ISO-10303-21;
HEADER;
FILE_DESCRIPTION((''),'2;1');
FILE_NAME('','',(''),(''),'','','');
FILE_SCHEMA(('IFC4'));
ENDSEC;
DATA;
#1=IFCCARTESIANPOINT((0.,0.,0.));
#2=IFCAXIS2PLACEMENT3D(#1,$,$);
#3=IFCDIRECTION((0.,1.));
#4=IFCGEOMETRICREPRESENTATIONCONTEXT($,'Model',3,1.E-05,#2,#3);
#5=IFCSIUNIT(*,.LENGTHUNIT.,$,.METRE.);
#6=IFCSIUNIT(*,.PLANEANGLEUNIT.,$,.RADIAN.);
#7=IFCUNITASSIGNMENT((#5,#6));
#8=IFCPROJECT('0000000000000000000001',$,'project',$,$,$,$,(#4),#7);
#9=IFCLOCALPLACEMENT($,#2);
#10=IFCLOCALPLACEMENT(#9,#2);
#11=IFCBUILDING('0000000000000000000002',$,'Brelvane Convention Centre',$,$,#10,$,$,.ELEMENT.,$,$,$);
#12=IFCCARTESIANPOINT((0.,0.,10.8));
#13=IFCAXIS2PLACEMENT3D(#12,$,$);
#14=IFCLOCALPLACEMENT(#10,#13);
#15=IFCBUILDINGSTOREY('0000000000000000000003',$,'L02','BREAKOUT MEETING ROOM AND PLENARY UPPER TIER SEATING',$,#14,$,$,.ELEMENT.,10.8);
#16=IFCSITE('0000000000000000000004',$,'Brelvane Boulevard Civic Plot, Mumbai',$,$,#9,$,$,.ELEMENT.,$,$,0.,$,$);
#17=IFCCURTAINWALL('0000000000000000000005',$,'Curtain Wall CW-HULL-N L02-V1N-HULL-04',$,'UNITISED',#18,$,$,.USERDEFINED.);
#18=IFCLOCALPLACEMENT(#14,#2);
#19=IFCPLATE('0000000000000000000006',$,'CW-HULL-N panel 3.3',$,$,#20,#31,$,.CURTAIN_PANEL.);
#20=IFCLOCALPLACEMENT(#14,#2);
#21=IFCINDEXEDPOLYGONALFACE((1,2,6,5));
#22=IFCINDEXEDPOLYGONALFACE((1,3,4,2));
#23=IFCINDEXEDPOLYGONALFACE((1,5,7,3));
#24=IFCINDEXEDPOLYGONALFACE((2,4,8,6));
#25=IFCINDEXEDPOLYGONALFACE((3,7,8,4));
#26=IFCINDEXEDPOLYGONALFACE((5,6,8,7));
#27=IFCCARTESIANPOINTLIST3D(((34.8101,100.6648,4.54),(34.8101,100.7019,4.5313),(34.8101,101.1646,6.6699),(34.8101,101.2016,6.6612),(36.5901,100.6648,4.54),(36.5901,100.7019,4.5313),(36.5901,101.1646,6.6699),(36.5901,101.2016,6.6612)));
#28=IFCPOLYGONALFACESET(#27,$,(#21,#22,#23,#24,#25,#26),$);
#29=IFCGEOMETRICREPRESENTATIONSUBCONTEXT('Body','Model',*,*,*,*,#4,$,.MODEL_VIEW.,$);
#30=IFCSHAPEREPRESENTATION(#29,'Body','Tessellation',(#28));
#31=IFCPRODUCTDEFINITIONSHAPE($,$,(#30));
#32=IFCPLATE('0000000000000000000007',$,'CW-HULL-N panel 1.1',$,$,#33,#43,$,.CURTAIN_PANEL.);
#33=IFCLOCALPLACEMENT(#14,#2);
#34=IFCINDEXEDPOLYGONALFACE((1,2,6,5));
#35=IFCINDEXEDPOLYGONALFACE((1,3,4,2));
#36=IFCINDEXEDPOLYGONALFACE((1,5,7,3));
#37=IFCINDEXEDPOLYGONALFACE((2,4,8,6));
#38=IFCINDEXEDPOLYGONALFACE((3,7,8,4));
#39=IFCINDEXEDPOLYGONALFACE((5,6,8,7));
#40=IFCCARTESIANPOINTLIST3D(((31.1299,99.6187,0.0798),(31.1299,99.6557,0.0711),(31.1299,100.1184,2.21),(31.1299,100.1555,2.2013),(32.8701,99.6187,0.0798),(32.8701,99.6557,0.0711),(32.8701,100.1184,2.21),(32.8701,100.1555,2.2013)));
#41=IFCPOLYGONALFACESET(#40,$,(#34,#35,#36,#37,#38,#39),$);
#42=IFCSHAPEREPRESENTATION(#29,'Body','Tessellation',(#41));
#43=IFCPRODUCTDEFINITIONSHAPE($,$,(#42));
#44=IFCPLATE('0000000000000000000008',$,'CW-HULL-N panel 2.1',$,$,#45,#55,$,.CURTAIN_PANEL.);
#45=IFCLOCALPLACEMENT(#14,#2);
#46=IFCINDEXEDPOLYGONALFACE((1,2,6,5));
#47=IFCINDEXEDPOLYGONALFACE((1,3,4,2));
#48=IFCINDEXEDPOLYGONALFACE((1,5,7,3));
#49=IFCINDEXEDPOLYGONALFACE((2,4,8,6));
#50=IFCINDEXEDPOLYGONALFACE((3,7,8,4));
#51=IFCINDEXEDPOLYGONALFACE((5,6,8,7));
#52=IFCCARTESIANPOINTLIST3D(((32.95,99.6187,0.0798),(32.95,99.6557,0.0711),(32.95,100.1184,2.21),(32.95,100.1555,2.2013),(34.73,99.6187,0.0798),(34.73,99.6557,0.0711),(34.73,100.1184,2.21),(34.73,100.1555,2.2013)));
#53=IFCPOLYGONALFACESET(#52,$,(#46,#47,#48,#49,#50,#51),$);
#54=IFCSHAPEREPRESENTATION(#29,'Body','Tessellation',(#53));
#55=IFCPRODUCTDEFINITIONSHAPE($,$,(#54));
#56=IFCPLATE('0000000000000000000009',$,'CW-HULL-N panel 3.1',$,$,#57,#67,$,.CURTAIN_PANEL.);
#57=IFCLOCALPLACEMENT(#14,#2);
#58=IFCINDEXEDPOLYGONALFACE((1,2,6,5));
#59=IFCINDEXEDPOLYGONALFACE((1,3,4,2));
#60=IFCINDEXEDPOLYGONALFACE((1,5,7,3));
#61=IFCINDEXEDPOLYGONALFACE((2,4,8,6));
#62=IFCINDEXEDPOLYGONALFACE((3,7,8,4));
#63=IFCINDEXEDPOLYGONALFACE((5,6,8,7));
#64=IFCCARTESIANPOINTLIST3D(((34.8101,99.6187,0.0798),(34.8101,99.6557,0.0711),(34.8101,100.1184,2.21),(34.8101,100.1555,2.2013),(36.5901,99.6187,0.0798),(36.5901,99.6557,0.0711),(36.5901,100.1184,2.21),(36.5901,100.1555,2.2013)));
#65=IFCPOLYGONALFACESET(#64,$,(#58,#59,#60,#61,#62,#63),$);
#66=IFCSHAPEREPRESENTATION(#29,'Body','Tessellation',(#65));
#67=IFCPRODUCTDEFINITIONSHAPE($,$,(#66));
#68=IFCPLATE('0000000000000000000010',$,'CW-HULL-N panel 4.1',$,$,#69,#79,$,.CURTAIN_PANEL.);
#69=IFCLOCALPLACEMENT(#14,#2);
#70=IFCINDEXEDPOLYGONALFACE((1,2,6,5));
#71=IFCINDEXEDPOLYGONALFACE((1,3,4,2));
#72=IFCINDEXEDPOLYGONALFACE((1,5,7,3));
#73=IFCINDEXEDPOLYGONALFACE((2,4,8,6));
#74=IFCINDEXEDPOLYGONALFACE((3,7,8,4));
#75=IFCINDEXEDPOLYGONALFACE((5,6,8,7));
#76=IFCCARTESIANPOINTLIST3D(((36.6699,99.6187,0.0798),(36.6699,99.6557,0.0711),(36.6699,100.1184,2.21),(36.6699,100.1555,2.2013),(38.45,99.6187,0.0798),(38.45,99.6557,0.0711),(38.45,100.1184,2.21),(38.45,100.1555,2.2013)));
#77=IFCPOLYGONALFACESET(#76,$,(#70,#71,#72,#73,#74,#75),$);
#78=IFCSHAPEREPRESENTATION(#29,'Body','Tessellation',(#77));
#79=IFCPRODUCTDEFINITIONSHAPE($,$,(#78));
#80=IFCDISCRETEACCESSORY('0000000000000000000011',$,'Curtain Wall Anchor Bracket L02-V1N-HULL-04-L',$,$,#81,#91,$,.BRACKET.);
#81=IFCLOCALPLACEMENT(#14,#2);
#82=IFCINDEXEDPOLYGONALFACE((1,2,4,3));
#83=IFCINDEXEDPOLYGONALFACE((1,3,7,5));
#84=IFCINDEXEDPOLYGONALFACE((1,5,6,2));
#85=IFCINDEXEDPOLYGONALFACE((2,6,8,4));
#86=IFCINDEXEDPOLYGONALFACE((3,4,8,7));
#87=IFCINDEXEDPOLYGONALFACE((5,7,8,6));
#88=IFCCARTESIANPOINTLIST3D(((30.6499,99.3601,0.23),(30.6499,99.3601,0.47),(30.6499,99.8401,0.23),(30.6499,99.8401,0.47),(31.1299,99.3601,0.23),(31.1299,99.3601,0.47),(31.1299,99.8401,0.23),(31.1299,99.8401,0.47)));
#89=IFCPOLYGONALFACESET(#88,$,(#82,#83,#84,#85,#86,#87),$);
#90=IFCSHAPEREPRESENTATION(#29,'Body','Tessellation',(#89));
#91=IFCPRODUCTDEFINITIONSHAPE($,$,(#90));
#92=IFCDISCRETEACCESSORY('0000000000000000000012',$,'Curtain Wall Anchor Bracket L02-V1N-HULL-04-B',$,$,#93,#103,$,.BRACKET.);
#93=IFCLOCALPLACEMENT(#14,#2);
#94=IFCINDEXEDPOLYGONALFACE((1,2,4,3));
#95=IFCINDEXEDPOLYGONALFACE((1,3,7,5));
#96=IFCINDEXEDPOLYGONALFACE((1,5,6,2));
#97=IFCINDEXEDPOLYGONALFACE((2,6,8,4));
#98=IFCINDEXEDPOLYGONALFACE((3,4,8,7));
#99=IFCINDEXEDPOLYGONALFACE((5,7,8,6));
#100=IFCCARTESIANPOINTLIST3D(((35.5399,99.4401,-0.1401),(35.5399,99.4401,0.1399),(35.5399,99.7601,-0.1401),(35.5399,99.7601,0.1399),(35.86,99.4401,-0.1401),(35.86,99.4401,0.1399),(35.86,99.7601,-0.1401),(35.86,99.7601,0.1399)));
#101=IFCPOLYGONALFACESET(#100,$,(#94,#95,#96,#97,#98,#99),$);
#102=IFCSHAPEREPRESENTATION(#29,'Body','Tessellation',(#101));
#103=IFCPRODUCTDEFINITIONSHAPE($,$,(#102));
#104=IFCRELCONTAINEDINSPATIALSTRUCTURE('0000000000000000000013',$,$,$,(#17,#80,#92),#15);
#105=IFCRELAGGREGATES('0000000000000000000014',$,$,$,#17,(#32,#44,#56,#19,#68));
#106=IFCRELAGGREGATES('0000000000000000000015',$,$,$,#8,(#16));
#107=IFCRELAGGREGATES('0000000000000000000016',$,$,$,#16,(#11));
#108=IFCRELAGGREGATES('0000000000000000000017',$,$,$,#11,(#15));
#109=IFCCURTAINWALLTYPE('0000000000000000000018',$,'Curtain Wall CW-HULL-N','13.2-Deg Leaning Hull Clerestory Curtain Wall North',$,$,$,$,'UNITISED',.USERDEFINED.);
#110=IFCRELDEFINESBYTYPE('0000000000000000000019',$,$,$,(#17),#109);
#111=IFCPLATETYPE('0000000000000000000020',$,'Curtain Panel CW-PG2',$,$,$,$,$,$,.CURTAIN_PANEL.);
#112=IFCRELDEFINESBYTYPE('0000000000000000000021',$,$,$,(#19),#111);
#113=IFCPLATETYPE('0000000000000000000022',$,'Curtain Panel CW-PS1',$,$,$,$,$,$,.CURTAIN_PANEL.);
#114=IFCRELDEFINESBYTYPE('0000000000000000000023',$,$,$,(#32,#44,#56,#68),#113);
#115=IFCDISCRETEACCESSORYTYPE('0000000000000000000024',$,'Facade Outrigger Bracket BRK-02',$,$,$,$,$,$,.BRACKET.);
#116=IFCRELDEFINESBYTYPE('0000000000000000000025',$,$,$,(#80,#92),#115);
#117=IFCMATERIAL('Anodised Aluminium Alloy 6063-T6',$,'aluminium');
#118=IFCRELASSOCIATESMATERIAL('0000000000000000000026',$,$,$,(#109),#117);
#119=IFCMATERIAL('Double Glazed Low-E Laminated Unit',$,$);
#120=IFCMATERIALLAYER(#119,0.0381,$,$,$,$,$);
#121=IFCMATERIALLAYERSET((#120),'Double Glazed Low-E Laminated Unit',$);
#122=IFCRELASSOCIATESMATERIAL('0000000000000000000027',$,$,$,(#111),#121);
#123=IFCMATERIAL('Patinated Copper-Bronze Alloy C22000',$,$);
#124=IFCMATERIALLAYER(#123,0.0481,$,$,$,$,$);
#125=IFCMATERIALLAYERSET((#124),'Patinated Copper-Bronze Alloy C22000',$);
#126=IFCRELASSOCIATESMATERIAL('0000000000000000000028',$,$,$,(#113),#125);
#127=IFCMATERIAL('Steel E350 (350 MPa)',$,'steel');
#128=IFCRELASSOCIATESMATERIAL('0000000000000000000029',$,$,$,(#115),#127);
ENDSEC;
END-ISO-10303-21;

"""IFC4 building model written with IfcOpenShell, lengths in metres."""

from ifc_helpers import new_model, si_unit, direction, frame, origin, origin_2d, place, context, subcontext, project, spatial, polyline, rectangle, outline, extrude, material, layer, layer_set, type_object, element, aggregate, save


model = new_model("IFC4")

# Units and contexts
model_context = context("Model", 3, precision=1e-05, world=origin(), true_north=direction((0.0, 1.0)))
body_context = subcontext(model_context, "Body", "Model", "MODEL_VIEW")
ifc_project = project(units=[si_unit("LENGTHUNIT", "METRE"), si_unit("PLANEANGLEUNIT", "RADIAN")], contexts=[model_context])

# Site, building, storey
site_placement = place(None, origin())
site = spatial("IfcSite", under=ifc_project, at=site_placement, Name="Brelvane Boulevard Civic Plot, Mumbai", CompositionType="ELEMENT", RefElevation=0.0)
building_placement = place(site_placement, origin())
building = spatial("IfcBuilding", under=site, at=building_placement, Name="Brelvane Convention Centre", CompositionType="ELEMENT")
storey_placement = place(building_placement, frame((0.0, 0.0, 10.8)))
storey = spatial("IfcBuildingStorey", under=building, at=storey_placement, Name="L02", Description="BREAKOUT MEETING ROOM AND PLENARY UPPER TIER SEATING", CompositionType="ELEMENT", Elevation=10.8)

# Curtain wall
ifc_material_1 = material(Name="Anodised Aluminium Alloy 6063-T6", Category="aluminium")
curtain_wall_type = type_object("IfcCurtainWallType", Name="Curtain Wall CW-HULL-N", Description="13.2-Deg Leaning Hull Clerestory Curtain Wall North", ElementType="UNITISED", PredefinedType="USERDEFINED", material=ifc_material_1)
curtain_wall_placement = place(storey_placement, origin())
curtain_wall = element("IfcCurtainWall", 1, at=curtain_wall_placement, inside=storey, type_object=curtain_wall_type, Name="Curtain Wall CW-HULL-N L02-V1N-HULL-04", ObjectType="UNITISED", PredefinedType="USERDEFINED")

# Plates
ifc_material_2 = material(Name="Double Glazed Low-E Laminated Unit")
ifc_layer_1 = layer(ifc_material_2, 0.0381)
ifc_layer_set_1 = layer_set([ifc_layer_1], Name="Double Glazed Low-E Laminated Unit")
plate_type_1 = type_object("IfcPlateType", Name="Curtain Panel CW-PG2", PredefinedType="CURTAIN_PANEL", material=ifc_layer_set_1)
plate_1_placement = place(storey_placement, frame((34.8101, 100.6648, 4.54), z_axis=(0.0, -0.973559, 0.228436), x_axis=(1.0, 0.0, 0.0)))
plate_1 = element("IfcPlate", 2, at=plate_1_placement, type_object=plate_type_1, Name="CW-HULL-N panel 3.3", PredefinedType="CURTAIN_PANEL", context=body_context, shape_type="SweptSolid", body=[
    extrude(outline(polyline([(0.0, 0.0), (1.78, 0.0), (1.78, 2.1877), (0.0, 2.1877), (0.0, 0.0)])), origin(), (0.0, 0.0, -1.0), 0.0381),
])
ifc_material_3 = material(Name="Patinated Copper-Bronze Alloy C22000")
ifc_layer_2 = layer(ifc_material_3, 0.0481)
ifc_layer_set_2 = layer_set([ifc_layer_2], Name="Patinated Copper-Bronze Alloy C22000")
plate_type_2 = type_object("IfcPlateType", Name="Curtain Panel CW-PS1", PredefinedType="CURTAIN_PANEL", material=ifc_layer_set_2)
plate_2_placement = place(storey_placement, frame((31.1299, 99.6187, 0.0798), z_axis=(0.0, -0.973565, 0.228411), x_axis=(1.0, 0.0, 0.0)))
plate_2 = element("IfcPlate", 3, at=plate_2_placement, type_object=plate_type_2, Name="CW-HULL-N panel 1.1", PredefinedType="CURTAIN_PANEL", context=body_context, shape_type="SweptSolid", body=[
    extrude(outline(polyline([(0.0, 0.0), (1.7402, 0.0), (1.7402, 2.188), (0.0, 2.188), (0.0, 0.0)])), origin(), (0.0, 0.0, -1.0), 0.0381),
])
plate_3_placement = place(storey_placement, frame((32.95, 99.6187, 0.0798), z_axis=(0.0, -0.973565, 0.228411), x_axis=(1.0, 0.0, 0.0)))
plate_3 = element("IfcPlate", 4, at=plate_3_placement, type_object=plate_type_2, Name="CW-HULL-N panel 2.1", PredefinedType="CURTAIN_PANEL", context=body_context, shape_type="SweptSolid", body=[
    extrude(outline(polyline([(0.0, 0.0), (1.78, 0.0), (1.78, 2.188), (0.0, 2.188), (0.0, 0.0)])), origin(), (0.0, 0.0, -1.0), 0.0381),
])
plate_4_placement = place(storey_placement, frame((34.8101, 99.6187, 0.0798), z_axis=(0.0, -0.973565, 0.228411), x_axis=(1.0, 0.0, 0.0)))
plate_4 = element("IfcPlate", 5, at=plate_4_placement, type_object=plate_type_2, Name="CW-HULL-N panel 3.1", PredefinedType="CURTAIN_PANEL", context=body_context, shape_type="SweptSolid", body=[
    extrude(outline(polyline([(0.0, 0.0), (1.78, 0.0), (1.78, 2.188), (0.0, 2.188), (0.0, 0.0)])), origin(), (0.0, 0.0, -1.0), 0.0381),
])
plate_5_placement = place(storey_placement, frame((36.6699, 99.6187, 0.0798), z_axis=(0.0, -0.973565, 0.228411), x_axis=(1.0, 0.0, 0.0)))
plate_5 = element("IfcPlate", 6, at=plate_5_placement, type_object=plate_type_2, Name="CW-HULL-N panel 4.1", PredefinedType="CURTAIN_PANEL", context=body_context, shape_type="SweptSolid", body=[
    extrude(outline(polyline([(0.0, 0.0), (1.78, 0.0), (1.78, 2.188), (0.0, 2.188), (0.0, 0.0)])), origin(), (0.0, 0.0, -1.0), 0.0381),
])
aggregate(curtain_wall, [plate_2, plate_3, plate_4, plate_1, plate_5])

# Discrete accessories
ifc_material_4 = material(Name="Steel E350 (350 MPa)", Category="steel")
discrete_accessory_type = type_object("IfcDiscreteAccessoryType", Name="Facade Outrigger Bracket BRK-02", PredefinedType="BRACKET", material=ifc_material_4)
discrete_accessory_1_placement = place(storey_placement, frame((30.8899, 99.6001, 0.23), z_axis=(0.0, 0.0, 1.0), x_axis=(1.0, 0.0, 0.0)))
element("IfcDiscreteAccessory", 7, at=discrete_accessory_1_placement, inside=storey, type_object=discrete_accessory_type, Name="Curtain Wall Anchor Bracket L02-V1N-HULL-04-L", PredefinedType="BRACKET", context=body_context, shape_type="SweptSolid", body=[
    extrude(rectangle(XDim=0.48, YDim=0.48, at=origin_2d()), origin(), (0.0, 0.0, 1.0), 0.24),
])
discrete_accessory_2_placement = place(storey_placement, frame((35.7, 99.6001, -0.1401), z_axis=(0.0, 0.0, 1.0), x_axis=(1.0, 0.0, 0.0)))
element("IfcDiscreteAccessory", 8, at=discrete_accessory_2_placement, inside=storey, type_object=discrete_accessory_type, Name="Curtain Wall Anchor Bracket L02-V1N-HULL-04-B", PredefinedType="BRACKET", context=body_context, shape_type="SweptSolid", body=[
    extrude(rectangle(XDim=0.3201, YDim=0.3201, at=origin_2d()), origin(), (0.0, 0.0, 1.0), 0.28),
])

save(model, "model.ifc")
